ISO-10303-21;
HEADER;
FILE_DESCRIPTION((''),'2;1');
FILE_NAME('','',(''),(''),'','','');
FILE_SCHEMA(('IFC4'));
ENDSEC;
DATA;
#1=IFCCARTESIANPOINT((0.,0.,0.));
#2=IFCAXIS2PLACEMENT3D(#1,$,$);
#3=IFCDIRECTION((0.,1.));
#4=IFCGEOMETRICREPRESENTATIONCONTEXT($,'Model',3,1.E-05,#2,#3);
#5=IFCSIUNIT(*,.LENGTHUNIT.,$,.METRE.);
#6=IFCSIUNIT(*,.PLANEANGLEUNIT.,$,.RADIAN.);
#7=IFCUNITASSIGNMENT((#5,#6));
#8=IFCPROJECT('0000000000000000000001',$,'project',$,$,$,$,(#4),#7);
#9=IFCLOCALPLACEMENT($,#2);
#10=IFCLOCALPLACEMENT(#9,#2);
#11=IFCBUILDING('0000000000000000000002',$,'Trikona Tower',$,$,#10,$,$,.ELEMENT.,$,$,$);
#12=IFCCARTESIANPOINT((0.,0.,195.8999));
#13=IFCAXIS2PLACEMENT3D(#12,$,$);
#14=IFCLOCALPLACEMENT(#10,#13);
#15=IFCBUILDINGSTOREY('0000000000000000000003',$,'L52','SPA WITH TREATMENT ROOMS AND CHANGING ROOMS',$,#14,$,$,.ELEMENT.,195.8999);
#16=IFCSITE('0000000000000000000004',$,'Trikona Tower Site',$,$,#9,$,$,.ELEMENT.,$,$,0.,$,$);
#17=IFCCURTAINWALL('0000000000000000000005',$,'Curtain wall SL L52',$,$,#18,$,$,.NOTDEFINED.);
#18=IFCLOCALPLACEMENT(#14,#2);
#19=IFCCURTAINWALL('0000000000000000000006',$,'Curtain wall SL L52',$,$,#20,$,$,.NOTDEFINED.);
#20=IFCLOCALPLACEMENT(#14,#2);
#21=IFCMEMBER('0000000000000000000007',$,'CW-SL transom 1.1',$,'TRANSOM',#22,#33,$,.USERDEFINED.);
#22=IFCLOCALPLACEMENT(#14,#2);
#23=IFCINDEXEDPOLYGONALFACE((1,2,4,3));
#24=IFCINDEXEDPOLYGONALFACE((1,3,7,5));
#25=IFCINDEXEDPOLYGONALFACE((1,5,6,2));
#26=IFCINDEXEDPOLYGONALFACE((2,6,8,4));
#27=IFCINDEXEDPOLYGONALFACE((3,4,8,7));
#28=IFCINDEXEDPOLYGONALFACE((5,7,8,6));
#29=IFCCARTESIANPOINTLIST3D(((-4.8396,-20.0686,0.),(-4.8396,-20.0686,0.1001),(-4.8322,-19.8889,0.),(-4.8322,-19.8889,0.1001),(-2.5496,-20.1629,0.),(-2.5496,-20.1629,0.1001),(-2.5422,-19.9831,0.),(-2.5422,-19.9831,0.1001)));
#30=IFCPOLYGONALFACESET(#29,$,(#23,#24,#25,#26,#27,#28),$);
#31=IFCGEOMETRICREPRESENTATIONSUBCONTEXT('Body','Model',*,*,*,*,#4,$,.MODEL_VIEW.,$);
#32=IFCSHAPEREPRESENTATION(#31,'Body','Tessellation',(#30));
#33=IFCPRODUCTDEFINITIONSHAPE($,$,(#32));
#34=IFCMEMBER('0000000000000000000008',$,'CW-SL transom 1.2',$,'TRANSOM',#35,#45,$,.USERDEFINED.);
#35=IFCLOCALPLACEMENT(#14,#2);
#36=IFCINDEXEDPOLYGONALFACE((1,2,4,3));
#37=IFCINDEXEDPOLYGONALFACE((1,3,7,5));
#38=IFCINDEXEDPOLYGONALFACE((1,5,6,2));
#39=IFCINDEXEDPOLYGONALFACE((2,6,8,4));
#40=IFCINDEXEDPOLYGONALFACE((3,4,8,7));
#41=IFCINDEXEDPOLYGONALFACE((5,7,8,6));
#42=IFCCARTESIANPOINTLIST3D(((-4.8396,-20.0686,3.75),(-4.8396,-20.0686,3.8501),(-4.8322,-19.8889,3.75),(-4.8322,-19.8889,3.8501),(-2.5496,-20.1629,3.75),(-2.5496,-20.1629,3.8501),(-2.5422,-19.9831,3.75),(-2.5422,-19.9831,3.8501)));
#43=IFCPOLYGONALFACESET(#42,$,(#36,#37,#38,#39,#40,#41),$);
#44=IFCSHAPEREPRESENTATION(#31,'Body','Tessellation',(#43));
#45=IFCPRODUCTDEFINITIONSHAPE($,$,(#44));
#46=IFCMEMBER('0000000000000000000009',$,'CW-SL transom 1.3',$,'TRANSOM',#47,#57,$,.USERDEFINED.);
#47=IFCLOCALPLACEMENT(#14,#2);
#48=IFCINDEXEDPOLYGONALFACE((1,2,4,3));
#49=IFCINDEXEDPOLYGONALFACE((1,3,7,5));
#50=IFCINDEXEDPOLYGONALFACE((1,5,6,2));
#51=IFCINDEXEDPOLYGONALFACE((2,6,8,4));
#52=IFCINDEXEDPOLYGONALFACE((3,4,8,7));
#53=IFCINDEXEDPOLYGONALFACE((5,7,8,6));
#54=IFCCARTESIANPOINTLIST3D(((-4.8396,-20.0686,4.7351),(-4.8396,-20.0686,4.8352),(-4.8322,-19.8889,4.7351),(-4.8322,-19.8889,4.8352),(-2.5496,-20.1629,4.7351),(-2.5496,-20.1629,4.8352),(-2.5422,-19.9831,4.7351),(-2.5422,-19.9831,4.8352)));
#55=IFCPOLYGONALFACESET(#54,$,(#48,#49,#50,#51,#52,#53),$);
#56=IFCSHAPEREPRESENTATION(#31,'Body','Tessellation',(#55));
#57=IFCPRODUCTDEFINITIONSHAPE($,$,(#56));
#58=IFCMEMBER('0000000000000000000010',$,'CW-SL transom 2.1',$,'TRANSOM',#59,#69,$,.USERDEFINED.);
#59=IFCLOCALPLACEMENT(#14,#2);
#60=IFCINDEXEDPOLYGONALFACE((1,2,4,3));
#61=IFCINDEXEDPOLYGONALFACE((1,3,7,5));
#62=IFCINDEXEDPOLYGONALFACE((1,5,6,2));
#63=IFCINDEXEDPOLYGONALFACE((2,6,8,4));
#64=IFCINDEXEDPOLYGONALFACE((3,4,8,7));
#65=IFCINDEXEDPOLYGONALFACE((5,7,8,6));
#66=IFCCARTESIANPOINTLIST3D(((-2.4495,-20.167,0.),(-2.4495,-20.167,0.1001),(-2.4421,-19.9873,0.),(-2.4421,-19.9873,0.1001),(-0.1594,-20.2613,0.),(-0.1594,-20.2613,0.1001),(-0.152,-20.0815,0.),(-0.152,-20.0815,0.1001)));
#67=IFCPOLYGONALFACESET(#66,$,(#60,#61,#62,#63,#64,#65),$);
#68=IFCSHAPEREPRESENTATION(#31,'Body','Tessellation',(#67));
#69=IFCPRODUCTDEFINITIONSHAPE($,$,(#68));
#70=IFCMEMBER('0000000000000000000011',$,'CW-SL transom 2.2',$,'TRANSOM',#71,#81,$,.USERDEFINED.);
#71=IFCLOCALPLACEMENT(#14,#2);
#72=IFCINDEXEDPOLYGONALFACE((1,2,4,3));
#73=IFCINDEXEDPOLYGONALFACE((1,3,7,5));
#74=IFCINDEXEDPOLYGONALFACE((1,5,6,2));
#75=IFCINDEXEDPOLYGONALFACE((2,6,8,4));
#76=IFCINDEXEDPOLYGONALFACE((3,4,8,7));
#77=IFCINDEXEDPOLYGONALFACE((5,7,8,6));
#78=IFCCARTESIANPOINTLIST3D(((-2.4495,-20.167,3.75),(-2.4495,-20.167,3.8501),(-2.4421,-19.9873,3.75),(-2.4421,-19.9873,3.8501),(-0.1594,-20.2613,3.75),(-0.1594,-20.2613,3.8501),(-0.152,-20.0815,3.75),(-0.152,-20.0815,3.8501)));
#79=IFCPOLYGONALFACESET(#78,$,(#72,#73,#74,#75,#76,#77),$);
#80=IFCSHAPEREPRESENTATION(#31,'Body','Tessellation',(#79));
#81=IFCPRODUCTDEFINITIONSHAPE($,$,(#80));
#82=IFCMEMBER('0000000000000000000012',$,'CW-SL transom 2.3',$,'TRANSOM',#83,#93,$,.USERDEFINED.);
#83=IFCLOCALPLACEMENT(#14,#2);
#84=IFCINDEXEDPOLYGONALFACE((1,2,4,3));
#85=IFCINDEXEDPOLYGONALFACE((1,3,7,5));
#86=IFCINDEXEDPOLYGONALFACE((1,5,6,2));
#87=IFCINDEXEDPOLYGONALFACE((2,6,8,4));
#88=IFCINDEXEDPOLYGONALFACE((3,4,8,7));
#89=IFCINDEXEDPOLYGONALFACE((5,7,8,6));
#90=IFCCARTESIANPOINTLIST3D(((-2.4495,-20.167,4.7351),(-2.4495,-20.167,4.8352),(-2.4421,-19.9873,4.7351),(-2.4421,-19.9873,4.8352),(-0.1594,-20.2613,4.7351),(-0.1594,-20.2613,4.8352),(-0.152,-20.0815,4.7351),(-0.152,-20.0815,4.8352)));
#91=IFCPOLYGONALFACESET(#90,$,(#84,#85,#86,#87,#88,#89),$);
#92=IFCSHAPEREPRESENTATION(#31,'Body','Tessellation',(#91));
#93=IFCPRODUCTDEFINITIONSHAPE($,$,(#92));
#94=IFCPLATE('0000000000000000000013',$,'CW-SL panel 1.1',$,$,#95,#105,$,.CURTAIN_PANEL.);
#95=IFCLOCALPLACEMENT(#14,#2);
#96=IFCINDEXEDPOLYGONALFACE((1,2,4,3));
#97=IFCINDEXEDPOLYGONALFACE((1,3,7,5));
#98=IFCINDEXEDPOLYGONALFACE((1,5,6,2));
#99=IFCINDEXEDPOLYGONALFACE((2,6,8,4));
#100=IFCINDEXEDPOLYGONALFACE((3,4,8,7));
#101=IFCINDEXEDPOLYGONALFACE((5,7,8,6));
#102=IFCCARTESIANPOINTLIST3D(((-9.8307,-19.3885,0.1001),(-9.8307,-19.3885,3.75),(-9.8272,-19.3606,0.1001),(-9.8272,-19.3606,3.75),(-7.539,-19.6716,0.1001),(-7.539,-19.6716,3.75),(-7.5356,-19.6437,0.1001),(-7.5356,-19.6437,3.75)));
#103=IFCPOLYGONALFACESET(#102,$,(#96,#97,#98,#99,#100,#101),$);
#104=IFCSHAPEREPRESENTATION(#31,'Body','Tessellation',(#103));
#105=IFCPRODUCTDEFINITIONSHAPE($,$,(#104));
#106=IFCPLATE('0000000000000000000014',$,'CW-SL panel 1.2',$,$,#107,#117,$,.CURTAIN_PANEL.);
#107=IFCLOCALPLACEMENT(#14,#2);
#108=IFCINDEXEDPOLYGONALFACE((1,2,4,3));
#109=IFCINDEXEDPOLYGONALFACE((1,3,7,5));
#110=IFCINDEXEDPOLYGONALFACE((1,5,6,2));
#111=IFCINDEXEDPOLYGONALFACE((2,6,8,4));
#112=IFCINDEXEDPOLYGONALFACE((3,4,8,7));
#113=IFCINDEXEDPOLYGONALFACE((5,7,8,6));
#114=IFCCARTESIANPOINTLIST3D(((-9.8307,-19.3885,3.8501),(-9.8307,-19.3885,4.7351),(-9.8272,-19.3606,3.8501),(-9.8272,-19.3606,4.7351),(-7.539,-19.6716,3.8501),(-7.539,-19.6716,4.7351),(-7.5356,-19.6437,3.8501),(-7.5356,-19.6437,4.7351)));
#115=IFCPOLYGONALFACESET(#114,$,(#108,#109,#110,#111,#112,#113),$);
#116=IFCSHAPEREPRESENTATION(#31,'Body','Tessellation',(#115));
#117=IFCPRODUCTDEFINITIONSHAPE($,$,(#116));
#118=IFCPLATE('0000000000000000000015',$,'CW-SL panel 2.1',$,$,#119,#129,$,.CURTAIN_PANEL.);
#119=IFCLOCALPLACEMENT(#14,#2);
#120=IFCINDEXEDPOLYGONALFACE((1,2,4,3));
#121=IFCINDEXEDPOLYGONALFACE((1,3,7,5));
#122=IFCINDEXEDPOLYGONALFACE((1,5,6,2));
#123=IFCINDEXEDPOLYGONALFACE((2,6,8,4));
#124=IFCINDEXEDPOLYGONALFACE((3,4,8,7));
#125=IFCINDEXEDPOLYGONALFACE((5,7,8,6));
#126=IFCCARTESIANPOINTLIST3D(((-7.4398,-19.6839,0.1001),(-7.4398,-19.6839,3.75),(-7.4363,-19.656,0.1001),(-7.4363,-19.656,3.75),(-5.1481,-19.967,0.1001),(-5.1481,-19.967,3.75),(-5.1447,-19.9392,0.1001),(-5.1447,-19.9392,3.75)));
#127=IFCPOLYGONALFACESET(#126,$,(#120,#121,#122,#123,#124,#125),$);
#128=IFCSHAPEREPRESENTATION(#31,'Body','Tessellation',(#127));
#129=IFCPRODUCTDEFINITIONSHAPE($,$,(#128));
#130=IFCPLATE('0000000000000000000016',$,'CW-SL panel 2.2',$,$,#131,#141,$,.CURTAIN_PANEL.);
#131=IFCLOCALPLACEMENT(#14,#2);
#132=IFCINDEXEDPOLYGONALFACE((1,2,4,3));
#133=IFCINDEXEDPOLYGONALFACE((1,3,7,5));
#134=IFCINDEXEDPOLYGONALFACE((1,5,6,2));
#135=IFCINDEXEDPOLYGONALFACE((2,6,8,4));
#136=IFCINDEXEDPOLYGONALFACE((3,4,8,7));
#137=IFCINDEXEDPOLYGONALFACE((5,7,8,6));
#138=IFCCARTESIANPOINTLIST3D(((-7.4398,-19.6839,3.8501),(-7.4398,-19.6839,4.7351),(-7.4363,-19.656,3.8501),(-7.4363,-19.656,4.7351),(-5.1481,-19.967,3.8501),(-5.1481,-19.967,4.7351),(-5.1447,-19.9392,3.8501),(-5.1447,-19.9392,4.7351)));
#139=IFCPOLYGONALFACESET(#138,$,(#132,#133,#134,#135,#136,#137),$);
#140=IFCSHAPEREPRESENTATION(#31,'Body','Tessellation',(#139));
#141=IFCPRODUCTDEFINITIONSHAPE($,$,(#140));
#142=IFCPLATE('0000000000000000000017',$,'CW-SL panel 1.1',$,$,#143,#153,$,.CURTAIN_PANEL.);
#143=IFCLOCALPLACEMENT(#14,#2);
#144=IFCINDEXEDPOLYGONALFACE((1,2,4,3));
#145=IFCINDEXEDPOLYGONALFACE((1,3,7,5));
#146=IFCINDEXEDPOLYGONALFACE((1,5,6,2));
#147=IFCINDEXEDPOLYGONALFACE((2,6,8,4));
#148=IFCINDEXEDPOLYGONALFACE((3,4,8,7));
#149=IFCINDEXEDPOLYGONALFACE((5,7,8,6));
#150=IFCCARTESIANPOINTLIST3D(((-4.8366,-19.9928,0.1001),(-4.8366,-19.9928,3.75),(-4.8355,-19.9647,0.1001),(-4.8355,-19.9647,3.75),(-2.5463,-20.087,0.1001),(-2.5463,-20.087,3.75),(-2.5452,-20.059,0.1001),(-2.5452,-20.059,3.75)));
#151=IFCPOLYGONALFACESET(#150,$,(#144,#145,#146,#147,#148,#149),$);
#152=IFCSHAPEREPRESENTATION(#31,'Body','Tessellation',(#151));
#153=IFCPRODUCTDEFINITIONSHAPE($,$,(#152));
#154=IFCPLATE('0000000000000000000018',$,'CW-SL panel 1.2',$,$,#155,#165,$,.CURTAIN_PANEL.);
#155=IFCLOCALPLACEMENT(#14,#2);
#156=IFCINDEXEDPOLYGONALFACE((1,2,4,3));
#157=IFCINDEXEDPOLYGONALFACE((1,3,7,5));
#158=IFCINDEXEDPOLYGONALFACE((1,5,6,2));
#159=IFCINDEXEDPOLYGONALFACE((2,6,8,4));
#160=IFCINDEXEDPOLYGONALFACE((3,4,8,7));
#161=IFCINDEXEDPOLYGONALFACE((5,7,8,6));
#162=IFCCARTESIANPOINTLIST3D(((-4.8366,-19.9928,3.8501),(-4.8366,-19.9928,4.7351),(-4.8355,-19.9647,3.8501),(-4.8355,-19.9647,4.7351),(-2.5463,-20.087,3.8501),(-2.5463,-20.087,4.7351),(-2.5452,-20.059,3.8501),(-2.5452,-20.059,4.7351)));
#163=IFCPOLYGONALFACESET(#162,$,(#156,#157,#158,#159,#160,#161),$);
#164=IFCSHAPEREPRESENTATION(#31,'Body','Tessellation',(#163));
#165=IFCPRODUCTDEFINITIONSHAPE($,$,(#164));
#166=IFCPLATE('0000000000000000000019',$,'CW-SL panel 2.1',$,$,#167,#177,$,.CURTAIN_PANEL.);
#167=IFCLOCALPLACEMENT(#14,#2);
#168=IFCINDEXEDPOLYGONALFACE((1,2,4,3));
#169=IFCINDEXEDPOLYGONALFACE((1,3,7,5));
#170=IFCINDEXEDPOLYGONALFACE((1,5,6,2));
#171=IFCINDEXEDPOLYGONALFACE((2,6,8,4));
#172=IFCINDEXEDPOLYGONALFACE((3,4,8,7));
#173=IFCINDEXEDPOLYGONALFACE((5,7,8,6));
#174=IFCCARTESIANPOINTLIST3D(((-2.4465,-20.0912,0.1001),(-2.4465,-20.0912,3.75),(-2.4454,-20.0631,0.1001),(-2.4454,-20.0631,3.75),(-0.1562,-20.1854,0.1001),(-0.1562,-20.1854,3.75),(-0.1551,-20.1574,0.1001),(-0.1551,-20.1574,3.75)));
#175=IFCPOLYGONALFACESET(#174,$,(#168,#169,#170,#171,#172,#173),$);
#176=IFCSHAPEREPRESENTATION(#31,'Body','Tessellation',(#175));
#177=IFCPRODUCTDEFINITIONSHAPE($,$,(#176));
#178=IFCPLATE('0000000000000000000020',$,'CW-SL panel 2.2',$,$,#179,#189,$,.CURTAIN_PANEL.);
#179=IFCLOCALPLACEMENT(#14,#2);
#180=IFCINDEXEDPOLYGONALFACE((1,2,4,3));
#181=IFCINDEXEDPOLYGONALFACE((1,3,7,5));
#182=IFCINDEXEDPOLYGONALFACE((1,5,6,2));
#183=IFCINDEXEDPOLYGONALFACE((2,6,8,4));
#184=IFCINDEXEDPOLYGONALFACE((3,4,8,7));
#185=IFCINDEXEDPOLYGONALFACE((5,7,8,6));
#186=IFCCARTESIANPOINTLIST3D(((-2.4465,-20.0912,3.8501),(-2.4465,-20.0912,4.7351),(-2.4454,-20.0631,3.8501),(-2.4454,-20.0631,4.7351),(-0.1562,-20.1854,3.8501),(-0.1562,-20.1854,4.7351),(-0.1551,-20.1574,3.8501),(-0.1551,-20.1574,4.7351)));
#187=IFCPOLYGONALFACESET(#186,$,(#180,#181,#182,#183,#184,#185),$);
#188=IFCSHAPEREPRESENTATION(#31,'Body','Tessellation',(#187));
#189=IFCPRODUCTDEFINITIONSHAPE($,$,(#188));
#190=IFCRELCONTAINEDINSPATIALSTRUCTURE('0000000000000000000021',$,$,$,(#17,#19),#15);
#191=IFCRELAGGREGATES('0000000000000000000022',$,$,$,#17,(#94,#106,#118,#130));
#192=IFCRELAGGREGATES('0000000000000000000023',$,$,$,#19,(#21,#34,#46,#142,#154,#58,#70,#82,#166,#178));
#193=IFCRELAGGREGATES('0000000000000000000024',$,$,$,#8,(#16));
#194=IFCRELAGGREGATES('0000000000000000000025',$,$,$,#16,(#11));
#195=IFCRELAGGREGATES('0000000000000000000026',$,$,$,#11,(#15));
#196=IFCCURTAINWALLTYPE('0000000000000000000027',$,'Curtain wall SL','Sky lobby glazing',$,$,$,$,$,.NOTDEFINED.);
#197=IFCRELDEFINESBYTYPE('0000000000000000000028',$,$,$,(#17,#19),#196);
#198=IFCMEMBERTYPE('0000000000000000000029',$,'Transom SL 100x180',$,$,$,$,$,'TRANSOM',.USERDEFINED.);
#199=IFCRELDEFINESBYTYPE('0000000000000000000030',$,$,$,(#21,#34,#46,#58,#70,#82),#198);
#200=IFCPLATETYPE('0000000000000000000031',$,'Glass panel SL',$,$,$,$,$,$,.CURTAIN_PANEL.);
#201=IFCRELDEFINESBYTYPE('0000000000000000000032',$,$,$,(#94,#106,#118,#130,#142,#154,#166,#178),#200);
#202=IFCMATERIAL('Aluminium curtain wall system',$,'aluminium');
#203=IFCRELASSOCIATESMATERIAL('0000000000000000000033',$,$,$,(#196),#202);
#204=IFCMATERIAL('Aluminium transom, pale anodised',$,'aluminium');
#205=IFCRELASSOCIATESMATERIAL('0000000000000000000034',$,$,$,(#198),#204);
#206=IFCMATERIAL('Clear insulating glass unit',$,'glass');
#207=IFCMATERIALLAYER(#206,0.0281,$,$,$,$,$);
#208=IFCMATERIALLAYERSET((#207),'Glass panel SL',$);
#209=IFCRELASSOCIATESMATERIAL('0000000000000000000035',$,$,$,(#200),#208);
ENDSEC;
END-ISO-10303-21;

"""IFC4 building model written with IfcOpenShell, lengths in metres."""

from ifc_helpers import new_model, si_unit, direction, frame, origin, origin_2d, place, context, subcontext, project, spatial, rectangle, extrude, material, layer, layer_set, material_profile, profile_set, type_object, element, aggregate, save


model = new_model("IFC4")

# Units and contexts
model_context = context("Model", 3, precision=1e-05, world=origin(), true_north=direction((0.0, 1.0)))
body_context = subcontext(model_context, "Body", "Model", "MODEL_VIEW")
ifc_project = project(units=[si_unit("LENGTHUNIT", "METRE"), si_unit("PLANEANGLEUNIT", "RADIAN")], contexts=[model_context])

# Site, building, storey
site_placement = place(None, origin())
site = spatial("IfcSite", under=ifc_project, at=site_placement, Name="Trikona Tower Site", CompositionType="ELEMENT", RefElevation=0.0)
building_placement = place(site_placement, origin())
building = spatial("IfcBuilding", under=site, at=building_placement, Name="Trikona Tower", CompositionType="ELEMENT")
storey_placement = place(building_placement, frame((0.0, 0.0, 195.8999)))
storey = spatial("IfcBuildingStorey", under=building, at=storey_placement, Name="L52", Description="SPA WITH TREATMENT ROOMS AND CHANGING ROOMS", CompositionType="ELEMENT", Elevation=195.8999)

# Curtain walls
ifc_material_1 = material(Name="Aluminium curtain wall system", Category="aluminium")
curtain_wall_type = type_object("IfcCurtainWallType", Name="Curtain wall SL", Description="Sky lobby glazing", PredefinedType="NOTDEFINED", material=ifc_material_1)
curtain_wall_1_placement = place(storey_placement, origin())
curtain_wall_1 = element("IfcCurtainWall", 1, at=curtain_wall_1_placement, inside=storey, type_object=curtain_wall_type, Name="Curtain wall SL L52", PredefinedType="NOTDEFINED")
curtain_wall_2_placement = place(storey_placement, origin())
curtain_wall_2 = element("IfcCurtainWall", 2, at=curtain_wall_2_placement, inside=storey, type_object=curtain_wall_type, Name="Curtain wall SL L52", PredefinedType="NOTDEFINED")

# Members
ifc_material_2 = material(Name="Aluminium transom, pale anodised", Category="aluminium")
ifc_material_profile_1 = material_profile(ifc_material_2, rectangle(XDim=0.1799, YDim=0.1001, at=origin_2d()), Name="TRN-SL")
ifc_profile_set_1 = profile_set([ifc_material_profile_1], Name="Aluminium transom, pale anodised")
member_type_1 = type_object("IfcMemberType", Name="Transom SL 100x180", ElementType="TRANSOM", PredefinedType="USERDEFINED", material=ifc_profile_set_1)
member_1_placement = place(storey_placement, frame((-4.8359, -19.9788, 0.05), z_axis=(0.999154, -0.041117, 0.0), x_axis=(0.041117, 0.999154, 0.0)))
member_1 = element("IfcMember", 3, at=member_1_placement, type_object=member_type_1, Name="CW-SL transom 1.1", ObjectType="TRANSOM", PredefinedType="USERDEFINED", context=body_context, shape_type="SweptSolid", body=[
    extrude(rectangle(XDim=0.1799, YDim=0.1001, at=origin_2d()), origin(), (0.0, 0.0, 1.0), 2.292),
])
member_2_placement = place(storey_placement, frame((-4.8359, -19.9788, 3.8), z_axis=(0.999154, -0.041117, 0.0), x_axis=(0.041117, 0.999154, 0.0)))
member_2 = element("IfcMember", 4, at=member_2_placement, type_object=member_type_1, Name="CW-SL transom 1.2", ObjectType="TRANSOM", PredefinedType="USERDEFINED", context=body_context, shape_type="SweptSolid", body=[
    extrude(rectangle(XDim=0.1799, YDim=0.1001, at=origin_2d()), origin(), (0.0, 0.0, 1.0), 2.292),
])
member_3_placement = place(storey_placement, frame((-4.8359, -19.9788, 4.7852), z_axis=(0.999154, -0.041117, 0.0), x_axis=(0.041117, 0.999154, 0.0)))
member_3 = element("IfcMember", 5, at=member_3_placement, type_object=member_type_1, Name="CW-SL transom 1.3", ObjectType="TRANSOM", PredefinedType="USERDEFINED", context=body_context, shape_type="SweptSolid", body=[
    extrude(rectangle(XDim=0.1799, YDim=0.1001, at=origin_2d()), origin(), (0.0, 0.0, 1.0), 2.292),
])
member_4_placement = place(storey_placement, frame((-2.4458, -20.0771, 0.05), z_axis=(0.999154, -0.041117, 0.0), x_axis=(0.041117, 0.999154, 0.0)))
member_4 = element("IfcMember", 6, at=member_4_placement, type_object=member_type_1, Name="CW-SL transom 2.1", ObjectType="TRANSOM", PredefinedType="USERDEFINED", context=body_context, shape_type="SweptSolid", body=[
    extrude(rectangle(XDim=0.1799, YDim=0.1001, at=origin_2d()), origin(), (0.0, 0.0, 1.0), 2.292),
])
member_5_placement = place(storey_placement, frame((-2.4458, -20.0771, 3.8), z_axis=(0.999154, -0.041117, 0.0), x_axis=(0.041117, 0.999154, 0.0)))
member_5 = element("IfcMember", 7, at=member_5_placement, type_object=member_type_1, Name="CW-SL transom 2.2", ObjectType="TRANSOM", PredefinedType="USERDEFINED", context=body_context, shape_type="SweptSolid", body=[
    extrude(rectangle(XDim=0.1799, YDim=0.1001, at=origin_2d()), origin(), (0.0, 0.0, 1.0), 2.292),
])
member_6_placement = place(storey_placement, frame((-2.4458, -20.0771, 4.7852), z_axis=(0.999154, -0.041117, 0.0), x_axis=(0.041117, 0.999154, 0.0)))
member_6 = element("IfcMember", 8, at=member_6_placement, type_object=member_type_1, Name="CW-SL transom 2.3", ObjectType="TRANSOM", PredefinedType="USERDEFINED", context=body_context, shape_type="SweptSolid", body=[
    extrude(rectangle(XDim=0.1799, YDim=0.1001, at=origin_2d()), origin(), (0.0, 0.0, 1.0), 2.292),
])

# Plates
ifc_material_3 = material(Name="Clear insulating glass unit", Category="glass")
ifc_layer_1 = layer(ifc_material_3, 0.0281)
ifc_layer_set_1 = layer_set([ifc_layer_1], Name="Glass panel SL")
plate_type = type_object("IfcPlateType", Name="Glass panel SL", PredefinedType="CURTAIN_PANEL", material=ifc_layer_set_1)
plate_1_placement = place(storey_placement, frame((-8.6831, -19.5161, 0.1001), z_axis=(0.0, 0.0, 1.0), x_axis=(0.992455, -0.122611, 0.0)))
plate_1 = element("IfcPlate", 9, at=plate_1_placement, type_object=plate_type, Name="CW-SL panel 1.1", PredefinedType="CURTAIN_PANEL", context=body_context, shape_type="SweptSolid", body=[
    extrude(rectangle(XDim=2.3091, YDim=0.0281, at=origin_2d()), origin(), (0.0, 0.0, 1.0), 3.6499),
])
plate_2_placement = place(storey_placement, frame((-8.6831, -19.5161, 3.8501), z_axis=(0.0, 0.0, 1.0), x_axis=(0.992455, -0.122611, 0.0)))
plate_2 = element("IfcPlate", 10, at=plate_2_placement, type_object=plate_type, Name="CW-SL panel 1.2", PredefinedType="CURTAIN_PANEL", context=body_context, shape_type="SweptSolid", body=[
    extrude(rectangle(XDim=2.3091, YDim=0.0281, at=origin_2d()), origin(), (0.0, 0.0, 1.0), 0.885),
])
plate_3_placement = place(storey_placement, frame((-6.2922, -19.8115, 0.1001), z_axis=(0.0, 0.0, 1.0), x_axis=(0.992455, -0.122611, 0.0)))
plate_3 = element("IfcPlate", 11, at=plate_3_placement, type_object=plate_type, Name="CW-SL panel 2.1", PredefinedType="CURTAIN_PANEL", context=body_context, shape_type="SweptSolid", body=[
    extrude(rectangle(XDim=2.3091, YDim=0.0281, at=origin_2d()), origin(), (0.0, 0.0, 1.0), 3.6499),
])
plate_4_placement = place(storey_placement, frame((-6.2922, -19.8115, 3.8501), z_axis=(0.0, 0.0, 1.0), x_axis=(0.992455, -0.122611, 0.0)))
plate_4 = element("IfcPlate", 12, at=plate_4_placement, type_object=plate_type, Name="CW-SL panel 2.2", PredefinedType="CURTAIN_PANEL", context=body_context, shape_type="SweptSolid", body=[
    extrude(rectangle(XDim=2.3091, YDim=0.0281, at=origin_2d()), origin(), (0.0, 0.0, 1.0), 0.885),
])
aggregate(curtain_wall_1, [plate_1, plate_2, plate_3, plate_4])
plate_5_placement = place(storey_placement, frame((-3.6909, -20.0259, 0.1001), z_axis=(0.0, 0.0, 1.0), x_axis=(0.999154, -0.041132, 0.0)))
plate_5 = element("IfcPlate", 13, at=plate_5_placement, type_object=plate_type, Name="CW-SL panel 1.1", PredefinedType="CURTAIN_PANEL", context=body_context, shape_type="SweptSolid", body=[
    extrude(rectangle(XDim=2.2922, YDim=0.0281, at=origin_2d()), origin(), (0.0, 0.0, 1.0), 3.6499),
])
plate_6_placement = place(storey_placement, frame((-3.6909, -20.0259, 3.8501), z_axis=(0.0, 0.0, 1.0), x_axis=(0.999154, -0.041132, 0.0)))
plate_6 = element("IfcPlate", 14, at=plate_6_placement, type_object=plate_type, Name="CW-SL panel 1.2", PredefinedType="CURTAIN_PANEL", context=body_context, shape_type="SweptSolid", body=[
    extrude(rectangle(XDim=2.2922, YDim=0.0281, at=origin_2d()), origin(), (0.0, 0.0, 1.0), 0.885),
])
plate_7_placement = place(storey_placement, frame((-1.3008, -20.1243, 0.1001), z_axis=(0.0, 0.0, 1.0), x_axis=(0.999154, -0.041132, 0.0)))
plate_7 = element("IfcPlate", 15, at=plate_7_placement, type_object=plate_type, Name="CW-SL panel 2.1", PredefinedType="CURTAIN_PANEL", context=body_context, shape_type="SweptSolid", body=[
    extrude(rectangle(XDim=2.2922, YDim=0.0281, at=origin_2d()), origin(), (0.0, 0.0, 1.0), 3.6499),
])
plate_8_placement = place(storey_placement, frame((-1.3008, -20.1243, 3.8501), z_axis=(0.0, 0.0, 1.0), x_axis=(0.999154, -0.041132, 0.0)))
plate_8 = element("IfcPlate", 16, at=plate_8_placement, type_object=plate_type, Name="CW-SL panel 2.2", PredefinedType="CURTAIN_PANEL", context=body_context, shape_type="SweptSolid", body=[
    extrude(rectangle(XDim=2.2922, YDim=0.0281, at=origin_2d()), origin(), (0.0, 0.0, 1.0), 0.885),
])
aggregate(curtain_wall_2, [member_1, member_2, member_3, plate_5, plate_6, member_4, member_5, member_6, plate_7, plate_8])

save(model, "model.ifc")
